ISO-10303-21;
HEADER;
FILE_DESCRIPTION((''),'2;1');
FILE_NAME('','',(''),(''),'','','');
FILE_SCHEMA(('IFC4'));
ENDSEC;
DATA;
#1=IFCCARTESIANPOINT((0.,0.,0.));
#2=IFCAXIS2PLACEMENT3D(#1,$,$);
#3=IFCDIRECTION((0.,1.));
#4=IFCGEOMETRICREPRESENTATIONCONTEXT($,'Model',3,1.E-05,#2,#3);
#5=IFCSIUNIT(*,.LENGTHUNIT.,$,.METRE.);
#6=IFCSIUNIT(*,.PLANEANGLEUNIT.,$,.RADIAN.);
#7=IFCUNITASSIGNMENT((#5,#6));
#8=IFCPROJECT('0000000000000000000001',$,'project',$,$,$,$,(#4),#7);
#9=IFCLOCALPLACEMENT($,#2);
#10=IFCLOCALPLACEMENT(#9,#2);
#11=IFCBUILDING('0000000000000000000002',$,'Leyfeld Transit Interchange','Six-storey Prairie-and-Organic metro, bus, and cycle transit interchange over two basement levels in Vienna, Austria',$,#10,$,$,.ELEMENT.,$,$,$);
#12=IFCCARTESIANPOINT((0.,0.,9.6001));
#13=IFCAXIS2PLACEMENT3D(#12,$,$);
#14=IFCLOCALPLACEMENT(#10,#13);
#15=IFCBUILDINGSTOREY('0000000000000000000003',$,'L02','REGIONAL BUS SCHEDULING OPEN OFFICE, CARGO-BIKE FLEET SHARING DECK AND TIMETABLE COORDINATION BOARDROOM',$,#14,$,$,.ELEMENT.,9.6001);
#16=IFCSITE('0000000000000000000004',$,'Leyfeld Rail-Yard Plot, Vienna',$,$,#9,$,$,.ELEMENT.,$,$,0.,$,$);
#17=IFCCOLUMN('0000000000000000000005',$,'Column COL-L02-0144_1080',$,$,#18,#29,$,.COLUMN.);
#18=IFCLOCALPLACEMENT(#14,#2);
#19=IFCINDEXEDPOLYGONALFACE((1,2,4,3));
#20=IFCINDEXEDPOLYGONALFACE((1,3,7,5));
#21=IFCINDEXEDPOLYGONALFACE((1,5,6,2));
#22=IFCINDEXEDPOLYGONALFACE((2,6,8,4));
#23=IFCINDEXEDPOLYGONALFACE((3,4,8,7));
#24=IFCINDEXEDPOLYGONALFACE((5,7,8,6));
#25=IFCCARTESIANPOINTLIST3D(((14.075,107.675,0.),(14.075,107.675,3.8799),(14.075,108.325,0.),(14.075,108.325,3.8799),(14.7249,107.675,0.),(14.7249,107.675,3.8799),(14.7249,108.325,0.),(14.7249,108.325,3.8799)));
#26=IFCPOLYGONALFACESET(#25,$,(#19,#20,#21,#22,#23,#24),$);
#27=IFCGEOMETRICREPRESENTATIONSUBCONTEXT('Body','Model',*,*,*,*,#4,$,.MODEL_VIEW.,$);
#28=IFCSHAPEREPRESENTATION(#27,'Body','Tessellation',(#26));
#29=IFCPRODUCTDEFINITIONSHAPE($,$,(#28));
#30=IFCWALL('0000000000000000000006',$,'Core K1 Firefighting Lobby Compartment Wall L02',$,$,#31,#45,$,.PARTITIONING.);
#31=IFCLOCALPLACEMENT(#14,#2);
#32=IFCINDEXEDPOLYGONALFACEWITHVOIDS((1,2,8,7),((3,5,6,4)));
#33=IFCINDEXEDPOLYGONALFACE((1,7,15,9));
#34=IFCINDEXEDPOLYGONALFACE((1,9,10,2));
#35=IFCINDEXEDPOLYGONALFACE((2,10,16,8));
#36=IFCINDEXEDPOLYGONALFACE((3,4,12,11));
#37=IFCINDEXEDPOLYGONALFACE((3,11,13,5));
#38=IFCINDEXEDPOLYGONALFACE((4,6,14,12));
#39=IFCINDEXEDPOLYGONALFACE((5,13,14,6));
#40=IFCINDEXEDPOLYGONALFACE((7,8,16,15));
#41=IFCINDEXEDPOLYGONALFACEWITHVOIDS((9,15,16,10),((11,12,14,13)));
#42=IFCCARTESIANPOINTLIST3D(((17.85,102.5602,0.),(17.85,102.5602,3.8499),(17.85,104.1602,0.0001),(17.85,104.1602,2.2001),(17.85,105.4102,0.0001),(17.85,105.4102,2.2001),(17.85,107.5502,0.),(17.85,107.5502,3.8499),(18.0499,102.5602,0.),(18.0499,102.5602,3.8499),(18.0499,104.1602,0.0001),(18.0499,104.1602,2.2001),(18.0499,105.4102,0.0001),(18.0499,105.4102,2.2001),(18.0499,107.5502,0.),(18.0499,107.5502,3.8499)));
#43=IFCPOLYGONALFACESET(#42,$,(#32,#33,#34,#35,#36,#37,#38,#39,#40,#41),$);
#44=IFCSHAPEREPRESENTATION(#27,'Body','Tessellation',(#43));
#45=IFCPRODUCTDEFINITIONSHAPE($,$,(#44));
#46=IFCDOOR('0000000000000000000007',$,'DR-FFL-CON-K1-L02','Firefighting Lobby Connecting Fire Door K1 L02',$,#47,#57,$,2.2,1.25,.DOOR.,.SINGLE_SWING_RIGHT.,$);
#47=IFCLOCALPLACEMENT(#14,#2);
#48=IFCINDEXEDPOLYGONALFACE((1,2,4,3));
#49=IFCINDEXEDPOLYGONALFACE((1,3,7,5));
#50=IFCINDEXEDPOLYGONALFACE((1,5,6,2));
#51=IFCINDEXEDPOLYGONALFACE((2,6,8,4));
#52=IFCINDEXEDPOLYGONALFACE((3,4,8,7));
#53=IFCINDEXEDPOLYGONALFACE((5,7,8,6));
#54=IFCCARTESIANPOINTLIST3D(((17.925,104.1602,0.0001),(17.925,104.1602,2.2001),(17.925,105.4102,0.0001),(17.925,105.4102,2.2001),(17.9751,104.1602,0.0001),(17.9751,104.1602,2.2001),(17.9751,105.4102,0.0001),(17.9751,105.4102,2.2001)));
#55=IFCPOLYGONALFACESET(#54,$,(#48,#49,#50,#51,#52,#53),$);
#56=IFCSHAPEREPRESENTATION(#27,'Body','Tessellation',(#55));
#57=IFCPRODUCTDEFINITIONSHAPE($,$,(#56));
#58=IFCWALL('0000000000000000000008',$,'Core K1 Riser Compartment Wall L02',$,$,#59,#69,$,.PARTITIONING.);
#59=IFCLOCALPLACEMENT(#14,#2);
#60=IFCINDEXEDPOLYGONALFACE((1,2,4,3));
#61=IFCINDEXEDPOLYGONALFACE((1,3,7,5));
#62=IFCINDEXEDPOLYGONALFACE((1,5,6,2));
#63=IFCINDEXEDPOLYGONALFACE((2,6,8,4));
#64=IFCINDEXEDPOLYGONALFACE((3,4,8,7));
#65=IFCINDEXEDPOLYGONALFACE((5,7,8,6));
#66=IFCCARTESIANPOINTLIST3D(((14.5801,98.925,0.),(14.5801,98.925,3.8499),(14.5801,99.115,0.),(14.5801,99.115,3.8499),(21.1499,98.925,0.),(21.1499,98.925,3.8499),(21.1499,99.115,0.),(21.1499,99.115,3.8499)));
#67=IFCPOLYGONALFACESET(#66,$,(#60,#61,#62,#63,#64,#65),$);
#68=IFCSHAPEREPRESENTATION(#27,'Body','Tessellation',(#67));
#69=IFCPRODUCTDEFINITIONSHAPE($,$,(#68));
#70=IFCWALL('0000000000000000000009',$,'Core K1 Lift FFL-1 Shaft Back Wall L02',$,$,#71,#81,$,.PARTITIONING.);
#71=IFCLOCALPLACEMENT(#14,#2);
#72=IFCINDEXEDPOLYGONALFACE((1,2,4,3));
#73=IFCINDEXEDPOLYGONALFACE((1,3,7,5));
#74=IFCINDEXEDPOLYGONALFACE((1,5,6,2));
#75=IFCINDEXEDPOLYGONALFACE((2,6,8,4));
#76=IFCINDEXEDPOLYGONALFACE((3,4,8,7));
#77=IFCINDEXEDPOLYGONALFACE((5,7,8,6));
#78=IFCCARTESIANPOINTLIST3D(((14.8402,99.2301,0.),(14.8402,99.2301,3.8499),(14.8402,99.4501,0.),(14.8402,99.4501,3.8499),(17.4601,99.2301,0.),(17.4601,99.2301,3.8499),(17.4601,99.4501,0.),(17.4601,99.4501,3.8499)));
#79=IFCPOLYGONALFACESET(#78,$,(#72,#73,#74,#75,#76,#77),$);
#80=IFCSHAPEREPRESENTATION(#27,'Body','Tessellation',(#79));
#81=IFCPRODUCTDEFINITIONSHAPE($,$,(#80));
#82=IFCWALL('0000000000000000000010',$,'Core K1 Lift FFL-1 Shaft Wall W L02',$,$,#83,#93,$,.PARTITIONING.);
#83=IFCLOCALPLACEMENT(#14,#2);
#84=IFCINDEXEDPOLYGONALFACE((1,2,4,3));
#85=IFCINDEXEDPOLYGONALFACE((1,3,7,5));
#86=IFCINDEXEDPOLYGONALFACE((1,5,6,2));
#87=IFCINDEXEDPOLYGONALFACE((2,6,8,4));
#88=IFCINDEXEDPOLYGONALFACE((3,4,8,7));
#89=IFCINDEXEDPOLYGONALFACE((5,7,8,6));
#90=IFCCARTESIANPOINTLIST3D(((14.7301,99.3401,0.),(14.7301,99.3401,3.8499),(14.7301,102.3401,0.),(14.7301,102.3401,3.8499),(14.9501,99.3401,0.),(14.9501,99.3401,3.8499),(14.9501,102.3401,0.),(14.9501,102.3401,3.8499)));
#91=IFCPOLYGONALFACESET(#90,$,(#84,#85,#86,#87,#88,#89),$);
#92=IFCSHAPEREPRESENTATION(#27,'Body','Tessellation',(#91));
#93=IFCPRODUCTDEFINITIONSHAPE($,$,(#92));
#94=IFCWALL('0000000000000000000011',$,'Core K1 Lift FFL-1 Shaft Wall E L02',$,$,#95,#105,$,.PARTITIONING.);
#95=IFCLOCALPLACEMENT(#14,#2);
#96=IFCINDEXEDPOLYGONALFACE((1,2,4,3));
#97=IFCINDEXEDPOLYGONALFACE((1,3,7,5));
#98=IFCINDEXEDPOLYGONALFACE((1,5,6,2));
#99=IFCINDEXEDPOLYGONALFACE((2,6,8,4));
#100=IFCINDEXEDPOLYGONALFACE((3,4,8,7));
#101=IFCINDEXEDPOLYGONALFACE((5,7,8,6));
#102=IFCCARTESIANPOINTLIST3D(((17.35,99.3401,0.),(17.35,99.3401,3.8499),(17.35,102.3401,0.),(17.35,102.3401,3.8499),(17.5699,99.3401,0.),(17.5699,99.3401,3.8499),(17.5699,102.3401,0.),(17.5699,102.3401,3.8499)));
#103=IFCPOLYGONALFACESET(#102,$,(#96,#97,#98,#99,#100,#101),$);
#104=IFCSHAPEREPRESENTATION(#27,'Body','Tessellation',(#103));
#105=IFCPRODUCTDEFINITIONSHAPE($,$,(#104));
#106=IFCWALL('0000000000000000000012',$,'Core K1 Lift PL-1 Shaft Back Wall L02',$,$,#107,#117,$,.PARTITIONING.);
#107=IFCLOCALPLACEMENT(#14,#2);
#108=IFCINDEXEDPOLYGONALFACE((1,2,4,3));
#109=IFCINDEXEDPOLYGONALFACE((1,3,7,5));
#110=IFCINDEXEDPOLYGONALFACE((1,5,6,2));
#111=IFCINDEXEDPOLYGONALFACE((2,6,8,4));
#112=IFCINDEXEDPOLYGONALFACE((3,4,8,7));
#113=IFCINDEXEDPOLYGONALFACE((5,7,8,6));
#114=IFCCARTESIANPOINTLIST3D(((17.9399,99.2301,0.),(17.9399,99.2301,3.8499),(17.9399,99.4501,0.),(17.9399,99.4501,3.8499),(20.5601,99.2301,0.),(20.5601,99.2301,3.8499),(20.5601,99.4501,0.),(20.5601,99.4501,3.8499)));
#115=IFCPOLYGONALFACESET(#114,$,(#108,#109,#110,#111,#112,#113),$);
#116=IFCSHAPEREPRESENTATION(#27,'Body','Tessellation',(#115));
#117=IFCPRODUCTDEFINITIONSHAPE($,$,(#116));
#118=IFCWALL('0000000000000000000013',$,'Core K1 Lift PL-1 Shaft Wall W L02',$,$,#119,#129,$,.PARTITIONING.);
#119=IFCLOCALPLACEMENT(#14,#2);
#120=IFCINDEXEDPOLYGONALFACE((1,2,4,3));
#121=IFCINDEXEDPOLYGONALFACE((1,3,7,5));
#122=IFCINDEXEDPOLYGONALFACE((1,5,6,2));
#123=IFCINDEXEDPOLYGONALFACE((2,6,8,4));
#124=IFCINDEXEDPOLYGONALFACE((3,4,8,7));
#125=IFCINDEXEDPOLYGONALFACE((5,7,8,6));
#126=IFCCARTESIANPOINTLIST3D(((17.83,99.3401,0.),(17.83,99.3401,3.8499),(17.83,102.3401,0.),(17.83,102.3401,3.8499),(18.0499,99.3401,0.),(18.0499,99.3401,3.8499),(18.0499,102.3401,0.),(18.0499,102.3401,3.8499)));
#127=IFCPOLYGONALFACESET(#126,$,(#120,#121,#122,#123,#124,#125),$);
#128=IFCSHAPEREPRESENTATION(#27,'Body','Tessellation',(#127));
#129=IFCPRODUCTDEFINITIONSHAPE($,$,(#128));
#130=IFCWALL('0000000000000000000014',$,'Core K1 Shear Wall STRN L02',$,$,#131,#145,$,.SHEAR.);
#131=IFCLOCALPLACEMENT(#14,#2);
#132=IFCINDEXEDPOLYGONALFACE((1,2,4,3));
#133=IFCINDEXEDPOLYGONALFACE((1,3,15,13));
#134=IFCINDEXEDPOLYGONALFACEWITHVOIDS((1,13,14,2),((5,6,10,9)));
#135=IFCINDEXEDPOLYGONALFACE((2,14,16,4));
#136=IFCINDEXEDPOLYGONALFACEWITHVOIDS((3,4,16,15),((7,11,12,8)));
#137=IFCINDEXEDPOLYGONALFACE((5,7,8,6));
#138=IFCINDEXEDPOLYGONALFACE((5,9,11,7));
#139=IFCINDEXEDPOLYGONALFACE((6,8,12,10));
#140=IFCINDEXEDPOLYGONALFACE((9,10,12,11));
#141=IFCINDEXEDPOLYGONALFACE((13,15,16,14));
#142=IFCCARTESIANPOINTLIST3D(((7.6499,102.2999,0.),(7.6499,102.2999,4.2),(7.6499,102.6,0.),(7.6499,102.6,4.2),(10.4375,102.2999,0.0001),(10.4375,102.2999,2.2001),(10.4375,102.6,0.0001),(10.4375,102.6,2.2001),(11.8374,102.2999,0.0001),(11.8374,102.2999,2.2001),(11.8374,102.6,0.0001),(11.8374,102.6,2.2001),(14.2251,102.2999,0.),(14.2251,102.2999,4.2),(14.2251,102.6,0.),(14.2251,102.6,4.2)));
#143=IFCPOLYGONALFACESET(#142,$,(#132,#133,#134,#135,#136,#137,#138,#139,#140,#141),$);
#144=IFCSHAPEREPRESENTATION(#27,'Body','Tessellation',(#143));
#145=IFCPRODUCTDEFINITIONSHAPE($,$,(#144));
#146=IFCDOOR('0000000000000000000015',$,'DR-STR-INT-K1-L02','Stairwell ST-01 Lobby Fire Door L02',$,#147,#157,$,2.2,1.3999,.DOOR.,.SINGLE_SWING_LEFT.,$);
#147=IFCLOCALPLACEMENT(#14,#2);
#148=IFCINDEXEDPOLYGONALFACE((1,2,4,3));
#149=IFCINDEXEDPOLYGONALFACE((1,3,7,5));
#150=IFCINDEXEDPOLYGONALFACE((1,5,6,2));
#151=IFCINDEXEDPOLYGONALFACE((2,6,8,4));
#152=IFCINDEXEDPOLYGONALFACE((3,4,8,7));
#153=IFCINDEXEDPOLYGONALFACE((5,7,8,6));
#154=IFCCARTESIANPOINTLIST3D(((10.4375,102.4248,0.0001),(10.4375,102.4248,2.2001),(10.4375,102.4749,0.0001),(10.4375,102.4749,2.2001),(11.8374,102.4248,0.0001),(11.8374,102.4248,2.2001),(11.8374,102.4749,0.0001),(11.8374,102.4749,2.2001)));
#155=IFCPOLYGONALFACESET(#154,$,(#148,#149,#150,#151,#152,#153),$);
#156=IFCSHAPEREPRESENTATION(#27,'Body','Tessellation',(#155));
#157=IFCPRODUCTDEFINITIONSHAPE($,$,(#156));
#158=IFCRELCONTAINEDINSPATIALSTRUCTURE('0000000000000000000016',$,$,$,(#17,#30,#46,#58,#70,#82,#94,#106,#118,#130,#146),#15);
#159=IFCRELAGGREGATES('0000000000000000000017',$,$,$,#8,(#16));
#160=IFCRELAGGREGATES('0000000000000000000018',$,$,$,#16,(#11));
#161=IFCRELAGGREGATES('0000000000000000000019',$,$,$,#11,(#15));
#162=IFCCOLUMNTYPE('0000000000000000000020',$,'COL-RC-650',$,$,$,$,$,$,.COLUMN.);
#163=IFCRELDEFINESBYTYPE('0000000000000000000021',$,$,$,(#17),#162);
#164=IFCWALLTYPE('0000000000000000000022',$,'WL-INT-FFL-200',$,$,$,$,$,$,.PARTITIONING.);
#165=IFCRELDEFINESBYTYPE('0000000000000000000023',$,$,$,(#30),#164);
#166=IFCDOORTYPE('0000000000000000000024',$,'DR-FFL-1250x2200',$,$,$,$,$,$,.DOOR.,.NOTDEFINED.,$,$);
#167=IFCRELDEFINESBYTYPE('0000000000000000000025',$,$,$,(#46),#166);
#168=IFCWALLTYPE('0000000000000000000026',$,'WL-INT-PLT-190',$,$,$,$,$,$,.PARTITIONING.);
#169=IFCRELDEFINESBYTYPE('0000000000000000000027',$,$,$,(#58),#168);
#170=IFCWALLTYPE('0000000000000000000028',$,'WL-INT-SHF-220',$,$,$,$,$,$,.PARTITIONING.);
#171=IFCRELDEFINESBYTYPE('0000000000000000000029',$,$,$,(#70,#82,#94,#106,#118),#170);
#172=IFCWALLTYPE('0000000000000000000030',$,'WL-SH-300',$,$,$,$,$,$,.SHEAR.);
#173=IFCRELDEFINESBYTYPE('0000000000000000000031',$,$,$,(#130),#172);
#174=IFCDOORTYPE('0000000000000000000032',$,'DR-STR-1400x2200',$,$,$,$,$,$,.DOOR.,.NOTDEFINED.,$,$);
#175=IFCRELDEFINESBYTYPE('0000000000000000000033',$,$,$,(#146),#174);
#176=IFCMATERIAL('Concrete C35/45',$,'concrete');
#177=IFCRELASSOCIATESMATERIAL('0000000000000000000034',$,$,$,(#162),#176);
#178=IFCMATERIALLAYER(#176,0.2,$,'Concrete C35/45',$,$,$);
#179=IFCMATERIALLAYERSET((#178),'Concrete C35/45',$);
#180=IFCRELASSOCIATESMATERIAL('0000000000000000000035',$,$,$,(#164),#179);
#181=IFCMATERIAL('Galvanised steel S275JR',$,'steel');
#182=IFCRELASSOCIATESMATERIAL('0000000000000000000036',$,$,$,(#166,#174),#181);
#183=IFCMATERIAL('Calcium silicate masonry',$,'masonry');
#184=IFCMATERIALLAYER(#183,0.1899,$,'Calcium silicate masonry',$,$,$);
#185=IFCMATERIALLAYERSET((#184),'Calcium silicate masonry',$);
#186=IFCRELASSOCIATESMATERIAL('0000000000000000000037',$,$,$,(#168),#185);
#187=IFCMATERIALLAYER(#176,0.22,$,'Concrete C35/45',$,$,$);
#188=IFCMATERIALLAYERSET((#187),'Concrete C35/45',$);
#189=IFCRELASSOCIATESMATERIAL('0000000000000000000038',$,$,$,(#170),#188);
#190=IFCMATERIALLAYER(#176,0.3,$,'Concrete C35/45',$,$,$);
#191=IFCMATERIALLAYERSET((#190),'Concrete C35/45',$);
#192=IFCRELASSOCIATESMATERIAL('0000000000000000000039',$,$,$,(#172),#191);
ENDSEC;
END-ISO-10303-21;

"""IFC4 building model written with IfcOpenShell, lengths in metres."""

from ifc_helpers import new_model, si_unit, direction, frame, frame_2d, origin, origin_2d, place, context, subcontext, project, spatial, rectangle, extrude, material, layer, layer_set, material_profile, profile_set, type_object, element, fill, save


model = new_model("IFC4")

# Units and contexts
model_context = context("Model", 3, precision=1e-05, world=origin(), true_north=direction((0.0, 1.0)))
body_context = subcontext(model_context, "Body", "Model", "MODEL_VIEW")
ifc_project = project(units=[si_unit("LENGTHUNIT", "METRE"), si_unit("PLANEANGLEUNIT", "RADIAN")], contexts=[model_context])

# Site, building, storey
site_placement = place(None, origin())
site = spatial("IfcSite", under=ifc_project, at=site_placement, Name="Leyfeld Rail-Yard Plot, Vienna", CompositionType="ELEMENT", RefElevation=0.0)
building_placement = place(site_placement, origin())
building = spatial("IfcBuilding", under=site, at=building_placement, Name="Leyfeld Transit Interchange", Description="Six-storey Prairie-and-Organic metro, bus, and cycle transit interchange over two basement levels in Vienna, Austria", CompositionType="ELEMENT")
storey_placement = place(building_placement, frame((0.0, 0.0, 9.6001)))
storey = spatial("IfcBuildingStorey", under=building, at=storey_placement, Name="L02", Description="REGIONAL BUS SCHEDULING OPEN OFFICE, CARGO-BIKE FLEET SHARING DECK AND TIMETABLE COORDINATION BOARDROOM", CompositionType="ELEMENT", Elevation=9.6001)

# Column
ifc_material_1 = material(Name="Concrete C35/45", Category="concrete")
ifc_material_profile = material_profile(ifc_material_1, rectangle(XDim=0.6499, YDim=0.6499, at=origin_2d()), Name="RC 650x650")
ifc_profile_set = profile_set([ifc_material_profile], Name="Concrete C35/45")
column_type = type_object("IfcColumnType", Name="COL-RC-650", PredefinedType="COLUMN", material=ifc_profile_set)
column_placement = place(storey_placement, frame((14.3999, 108.0, 0.0), z_axis=(0.0, 0.0, 1.0), x_axis=(1.0, 0.0, 0.0)))
element("IfcColumn", 1, at=column_placement, inside=storey, type_object=column_type, Name="Column COL-L02-0144_1080", PredefinedType="COLUMN", context=body_context, shape_type="SweptSolid", body=[
    extrude(rectangle(XDim=0.6499, YDim=0.6499, at=origin_2d()), origin(), (0.0, 0.0, 1.0), 3.8799),
])

# Wall, opening, door
ifc_layer_1 = layer(ifc_material_1, 0.2, Name="Concrete C35/45")
ifc_layer_set_1 = layer_set([ifc_layer_1], Name="Concrete C35/45")
wall_type_1 = type_object("IfcWallType", Name="WL-INT-FFL-200", PredefinedType="PARTITIONING", material=ifc_layer_set_1)
wall_1_placement = place(storey_placement, frame((17.95, 102.5601, 0.0), z_axis=(0.0, 0.0, 1.0), x_axis=(0.0, 1.0, 0.0)))
wall_1 = element("IfcWall", 2, at=wall_1_placement, inside=storey, type_object=wall_type_1, Name="Core K1 Firefighting Lobby Compartment Wall L02", PredefinedType="PARTITIONING", context=body_context, shape_type="SweptSolid", body=[
    extrude(rectangle(XDim=4.99, YDim=0.2, at=frame_2d((2.4951, 0.0))), origin(), (0.0, 0.0, 1.0), 3.8499),
])
opening_1_placement = place(wall_1_placement, frame((1.6001, 0.0, 0.0)))
opening_1 = element("IfcOpeningElement", 3, at=opening_1_placement, cuts=wall_1, PredefinedType="OPENING", context=body_context, shape_type="SweptSolid", body=[
    extrude(rectangle(XDim=1.25, YDim=2.2, at=frame_2d((0.625, 1.1001))), frame((0.0, 0.1099, 0.0), z_axis=(0.0, -1.0, 0.0), x_axis=(1.0, 0.0, 0.0)), (0.0, 0.0, 1.0), 0.22),
])
ifc_material_2 = material(Name="Galvanised steel S275JR", Category="steel")
door_type_1 = type_object("IfcDoorType", Name="DR-FFL-1250x2200", OperationType="NOTDEFINED", PredefinedType="DOOR", material=ifc_material_2)
door_1_placement = place(opening_1_placement, origin())
door_1 = element("IfcDoor", 4, at=door_1_placement, inside=storey, type_object=door_type_1, Name="DR-FFL-CON-K1-L02", Description="Firefighting Lobby Connecting Fire Door K1 L02", OperationType="SINGLE_SWING_RIGHT", OverallHeight=2.2, OverallWidth=1.25, PredefinedType="DOOR", context=body_context, shape_type="SweptSolid", body=[
    extrude(rectangle(XDim=1.25, YDim=2.2, at=frame_2d((0.625, 1.1001))), frame((0.0, 0.0249, 0.0), z_axis=(0.0, -1.0, 0.0), x_axis=(1.0, 0.0, 0.0)), (0.0, 0.0, 1.0), 0.05),
])
fill(opening_1, door_1)

# Wall
ifc_material_3 = material(Name="Calcium silicate masonry", Category="masonry")
ifc_layer_2 = layer(ifc_material_3, 0.1899, Name="Calcium silicate masonry")
ifc_layer_set_2 = layer_set([ifc_layer_2], Name="Calcium silicate masonry")
wall_type_2 = type_object("IfcWallType", Name="WL-INT-PLT-190", PredefinedType="PARTITIONING", material=ifc_layer_set_2)
wall_2_placement = place(storey_placement, frame((14.5801, 99.02, 0.0), z_axis=(0.0, 0.0, 1.0), x_axis=(1.0, 0.0, 0.0)))
element("IfcWall", 5, at=wall_2_placement, inside=storey, type_object=wall_type_2, Name="Core K1 Riser Compartment Wall L02", PredefinedType="PARTITIONING", context=body_context, shape_type="SweptSolid", body=[
    extrude(rectangle(XDim=6.5698, YDim=0.1899, at=frame_2d((3.2849, 0.0))), origin(), (0.0, 0.0, 1.0), 3.8499),
])

# Shared definitions
ifc_layer_3 = layer(ifc_material_1, 0.22, Name="Concrete C35/45")
ifc_layer_set_3 = layer_set([ifc_layer_3], Name="Concrete C35/45")
wall_type_3 = type_object("IfcWallType", Name="WL-INT-SHF-220", PredefinedType="PARTITIONING", material=ifc_layer_set_3)

# Walls
wall_3_placement = place(storey_placement, frame((14.8401, 99.3401, 0.0), z_axis=(0.0, 0.0, 1.0), x_axis=(1.0, 0.0, 0.0)))
element("IfcWall", 6, at=wall_3_placement, inside=storey, type_object=wall_type_3, Name="Core K1 Lift FFL-1 Shaft Back Wall L02", PredefinedType="PARTITIONING", context=body_context, shape_type="SweptSolid", body=[
    extrude(rectangle(XDim=2.6199, YDim=0.22, at=frame_2d((1.3101, 0.0))), origin(), (0.0, 0.0, 1.0), 3.8499),
])
for number, where, z_axis, x_axis, name in (
    (7, (14.8401, 99.3401, 0.0), (0.0, 0.0, 1.0), (0.0, 1.0, 0.0), "Core K1 Lift FFL-1 Shaft Wall W L02"),
    (8, (17.46, 99.3401, 0.0), (0.0, 0.0, 1.0), (0.0, 1.0, 0.0), "Core K1 Lift FFL-1 Shaft Wall E L02"),
):
    element("IfcWall", number, at=place(storey_placement, frame(where, z_axis=z_axis, x_axis=x_axis)), inside=storey, type_object=wall_type_3, Name=name, PredefinedType="PARTITIONING", context=body_context, shape_type="SweptSolid", body=[
        extrude(rectangle(XDim=3.0, YDim=0.22, at=frame_2d((1.5, 0.0))), origin(), (0.0, 0.0, 1.0), 3.8499),
    ])
wall_4_placement = place(storey_placement, frame((17.9399, 99.3401, 0.0), z_axis=(0.0, 0.0, 1.0), x_axis=(1.0, 0.0, 0.0)))
element("IfcWall", 9, at=wall_4_placement, inside=storey, type_object=wall_type_3, Name="Core K1 Lift PL-1 Shaft Back Wall L02", PredefinedType="PARTITIONING", context=body_context, shape_type="SweptSolid", body=[
    extrude(rectangle(XDim=2.6201, YDim=0.22, at=frame_2d((1.3101, 0.0))), origin(), (0.0, 0.0, 1.0), 3.8499),
])
wall_5_placement = place(storey_placement, frame((17.9399, 99.3401, 0.0), z_axis=(0.0, 0.0, 1.0), x_axis=(0.0, 1.0, 0.0)))
element("IfcWall", 10, at=wall_5_placement, inside=storey, type_object=wall_type_3, Name="Core K1 Lift PL-1 Shaft Wall W L02", PredefinedType="PARTITIONING", context=body_context, shape_type="SweptSolid", body=[
    extrude(rectangle(XDim=3.0, YDim=0.22, at=frame_2d((1.5, 0.0))), origin(), (0.0, 0.0, 1.0), 3.8499),
])

# Wall, opening, door
ifc_layer_4 = layer(ifc_material_1, 0.3, Name="Concrete C35/45")
ifc_layer_set_4 = layer_set([ifc_layer_4], Name="Concrete C35/45")
wall_type_4 = type_object("IfcWallType", Name="WL-SH-300", PredefinedType="SHEAR", material=ifc_layer_set_4)
wall_6_placement = place(storey_placement, frame((7.6499, 102.45, 0.0), z_axis=(0.0, 0.0, 1.0), x_axis=(1.0, 0.0, 0.0)))
wall_6 = element("IfcWall", 11, at=wall_6_placement, inside=storey, type_object=wall_type_4, Name="Core K1 Shear Wall STRN L02", PredefinedType="SHEAR", context=body_context, shape_type="SweptSolid", body=[
    extrude(rectangle(XDim=6.5752, YDim=0.3, at=frame_2d((3.2876, 0.0))), origin(), (0.0, 0.0, 1.0), 4.2),
])
opening_2_placement = place(wall_6_placement, frame((2.7876, 0.0, 0.0)))
opening_2 = element("IfcOpeningElement", 12, at=opening_2_placement, cuts=wall_6, PredefinedType="OPENING", context=body_context, shape_type="SweptSolid", body=[
    extrude(rectangle(XDim=1.3999, YDim=2.2, at=frame_2d((0.7, 1.1001))), frame((0.0, 0.1599, 0.0), z_axis=(0.0, -1.0, 0.0), x_axis=(1.0, 0.0, 0.0)), (0.0, 0.0, 1.0), 0.3201),
])
door_type_2 = type_object("IfcDoorType", Name="DR-STR-1400x2200", OperationType="NOTDEFINED", PredefinedType="DOOR", material=ifc_material_2)
door_2_placement = place(opening_2_placement, origin())
door_2 = element("IfcDoor", 13, at=door_2_placement, inside=storey, type_object=door_type_2, Name="DR-STR-INT-K1-L02", Description="Stairwell ST-01 Lobby Fire Door L02", OperationType="SINGLE_SWING_LEFT", OverallHeight=2.2, OverallWidth=1.3999, PredefinedType="DOOR", context=body_context, shape_type="SweptSolid", body=[
    extrude(rectangle(XDim=1.3999, YDim=2.2, at=frame_2d((0.7, 1.1001))), frame((0.0, 0.0249, 0.0), z_axis=(0.0, -1.0, 0.0), x_axis=(1.0, 0.0, 0.0)), (0.0, 0.0, 1.0), 0.05),
])
fill(opening_2, door_2)

save(model, "model.ifc")
